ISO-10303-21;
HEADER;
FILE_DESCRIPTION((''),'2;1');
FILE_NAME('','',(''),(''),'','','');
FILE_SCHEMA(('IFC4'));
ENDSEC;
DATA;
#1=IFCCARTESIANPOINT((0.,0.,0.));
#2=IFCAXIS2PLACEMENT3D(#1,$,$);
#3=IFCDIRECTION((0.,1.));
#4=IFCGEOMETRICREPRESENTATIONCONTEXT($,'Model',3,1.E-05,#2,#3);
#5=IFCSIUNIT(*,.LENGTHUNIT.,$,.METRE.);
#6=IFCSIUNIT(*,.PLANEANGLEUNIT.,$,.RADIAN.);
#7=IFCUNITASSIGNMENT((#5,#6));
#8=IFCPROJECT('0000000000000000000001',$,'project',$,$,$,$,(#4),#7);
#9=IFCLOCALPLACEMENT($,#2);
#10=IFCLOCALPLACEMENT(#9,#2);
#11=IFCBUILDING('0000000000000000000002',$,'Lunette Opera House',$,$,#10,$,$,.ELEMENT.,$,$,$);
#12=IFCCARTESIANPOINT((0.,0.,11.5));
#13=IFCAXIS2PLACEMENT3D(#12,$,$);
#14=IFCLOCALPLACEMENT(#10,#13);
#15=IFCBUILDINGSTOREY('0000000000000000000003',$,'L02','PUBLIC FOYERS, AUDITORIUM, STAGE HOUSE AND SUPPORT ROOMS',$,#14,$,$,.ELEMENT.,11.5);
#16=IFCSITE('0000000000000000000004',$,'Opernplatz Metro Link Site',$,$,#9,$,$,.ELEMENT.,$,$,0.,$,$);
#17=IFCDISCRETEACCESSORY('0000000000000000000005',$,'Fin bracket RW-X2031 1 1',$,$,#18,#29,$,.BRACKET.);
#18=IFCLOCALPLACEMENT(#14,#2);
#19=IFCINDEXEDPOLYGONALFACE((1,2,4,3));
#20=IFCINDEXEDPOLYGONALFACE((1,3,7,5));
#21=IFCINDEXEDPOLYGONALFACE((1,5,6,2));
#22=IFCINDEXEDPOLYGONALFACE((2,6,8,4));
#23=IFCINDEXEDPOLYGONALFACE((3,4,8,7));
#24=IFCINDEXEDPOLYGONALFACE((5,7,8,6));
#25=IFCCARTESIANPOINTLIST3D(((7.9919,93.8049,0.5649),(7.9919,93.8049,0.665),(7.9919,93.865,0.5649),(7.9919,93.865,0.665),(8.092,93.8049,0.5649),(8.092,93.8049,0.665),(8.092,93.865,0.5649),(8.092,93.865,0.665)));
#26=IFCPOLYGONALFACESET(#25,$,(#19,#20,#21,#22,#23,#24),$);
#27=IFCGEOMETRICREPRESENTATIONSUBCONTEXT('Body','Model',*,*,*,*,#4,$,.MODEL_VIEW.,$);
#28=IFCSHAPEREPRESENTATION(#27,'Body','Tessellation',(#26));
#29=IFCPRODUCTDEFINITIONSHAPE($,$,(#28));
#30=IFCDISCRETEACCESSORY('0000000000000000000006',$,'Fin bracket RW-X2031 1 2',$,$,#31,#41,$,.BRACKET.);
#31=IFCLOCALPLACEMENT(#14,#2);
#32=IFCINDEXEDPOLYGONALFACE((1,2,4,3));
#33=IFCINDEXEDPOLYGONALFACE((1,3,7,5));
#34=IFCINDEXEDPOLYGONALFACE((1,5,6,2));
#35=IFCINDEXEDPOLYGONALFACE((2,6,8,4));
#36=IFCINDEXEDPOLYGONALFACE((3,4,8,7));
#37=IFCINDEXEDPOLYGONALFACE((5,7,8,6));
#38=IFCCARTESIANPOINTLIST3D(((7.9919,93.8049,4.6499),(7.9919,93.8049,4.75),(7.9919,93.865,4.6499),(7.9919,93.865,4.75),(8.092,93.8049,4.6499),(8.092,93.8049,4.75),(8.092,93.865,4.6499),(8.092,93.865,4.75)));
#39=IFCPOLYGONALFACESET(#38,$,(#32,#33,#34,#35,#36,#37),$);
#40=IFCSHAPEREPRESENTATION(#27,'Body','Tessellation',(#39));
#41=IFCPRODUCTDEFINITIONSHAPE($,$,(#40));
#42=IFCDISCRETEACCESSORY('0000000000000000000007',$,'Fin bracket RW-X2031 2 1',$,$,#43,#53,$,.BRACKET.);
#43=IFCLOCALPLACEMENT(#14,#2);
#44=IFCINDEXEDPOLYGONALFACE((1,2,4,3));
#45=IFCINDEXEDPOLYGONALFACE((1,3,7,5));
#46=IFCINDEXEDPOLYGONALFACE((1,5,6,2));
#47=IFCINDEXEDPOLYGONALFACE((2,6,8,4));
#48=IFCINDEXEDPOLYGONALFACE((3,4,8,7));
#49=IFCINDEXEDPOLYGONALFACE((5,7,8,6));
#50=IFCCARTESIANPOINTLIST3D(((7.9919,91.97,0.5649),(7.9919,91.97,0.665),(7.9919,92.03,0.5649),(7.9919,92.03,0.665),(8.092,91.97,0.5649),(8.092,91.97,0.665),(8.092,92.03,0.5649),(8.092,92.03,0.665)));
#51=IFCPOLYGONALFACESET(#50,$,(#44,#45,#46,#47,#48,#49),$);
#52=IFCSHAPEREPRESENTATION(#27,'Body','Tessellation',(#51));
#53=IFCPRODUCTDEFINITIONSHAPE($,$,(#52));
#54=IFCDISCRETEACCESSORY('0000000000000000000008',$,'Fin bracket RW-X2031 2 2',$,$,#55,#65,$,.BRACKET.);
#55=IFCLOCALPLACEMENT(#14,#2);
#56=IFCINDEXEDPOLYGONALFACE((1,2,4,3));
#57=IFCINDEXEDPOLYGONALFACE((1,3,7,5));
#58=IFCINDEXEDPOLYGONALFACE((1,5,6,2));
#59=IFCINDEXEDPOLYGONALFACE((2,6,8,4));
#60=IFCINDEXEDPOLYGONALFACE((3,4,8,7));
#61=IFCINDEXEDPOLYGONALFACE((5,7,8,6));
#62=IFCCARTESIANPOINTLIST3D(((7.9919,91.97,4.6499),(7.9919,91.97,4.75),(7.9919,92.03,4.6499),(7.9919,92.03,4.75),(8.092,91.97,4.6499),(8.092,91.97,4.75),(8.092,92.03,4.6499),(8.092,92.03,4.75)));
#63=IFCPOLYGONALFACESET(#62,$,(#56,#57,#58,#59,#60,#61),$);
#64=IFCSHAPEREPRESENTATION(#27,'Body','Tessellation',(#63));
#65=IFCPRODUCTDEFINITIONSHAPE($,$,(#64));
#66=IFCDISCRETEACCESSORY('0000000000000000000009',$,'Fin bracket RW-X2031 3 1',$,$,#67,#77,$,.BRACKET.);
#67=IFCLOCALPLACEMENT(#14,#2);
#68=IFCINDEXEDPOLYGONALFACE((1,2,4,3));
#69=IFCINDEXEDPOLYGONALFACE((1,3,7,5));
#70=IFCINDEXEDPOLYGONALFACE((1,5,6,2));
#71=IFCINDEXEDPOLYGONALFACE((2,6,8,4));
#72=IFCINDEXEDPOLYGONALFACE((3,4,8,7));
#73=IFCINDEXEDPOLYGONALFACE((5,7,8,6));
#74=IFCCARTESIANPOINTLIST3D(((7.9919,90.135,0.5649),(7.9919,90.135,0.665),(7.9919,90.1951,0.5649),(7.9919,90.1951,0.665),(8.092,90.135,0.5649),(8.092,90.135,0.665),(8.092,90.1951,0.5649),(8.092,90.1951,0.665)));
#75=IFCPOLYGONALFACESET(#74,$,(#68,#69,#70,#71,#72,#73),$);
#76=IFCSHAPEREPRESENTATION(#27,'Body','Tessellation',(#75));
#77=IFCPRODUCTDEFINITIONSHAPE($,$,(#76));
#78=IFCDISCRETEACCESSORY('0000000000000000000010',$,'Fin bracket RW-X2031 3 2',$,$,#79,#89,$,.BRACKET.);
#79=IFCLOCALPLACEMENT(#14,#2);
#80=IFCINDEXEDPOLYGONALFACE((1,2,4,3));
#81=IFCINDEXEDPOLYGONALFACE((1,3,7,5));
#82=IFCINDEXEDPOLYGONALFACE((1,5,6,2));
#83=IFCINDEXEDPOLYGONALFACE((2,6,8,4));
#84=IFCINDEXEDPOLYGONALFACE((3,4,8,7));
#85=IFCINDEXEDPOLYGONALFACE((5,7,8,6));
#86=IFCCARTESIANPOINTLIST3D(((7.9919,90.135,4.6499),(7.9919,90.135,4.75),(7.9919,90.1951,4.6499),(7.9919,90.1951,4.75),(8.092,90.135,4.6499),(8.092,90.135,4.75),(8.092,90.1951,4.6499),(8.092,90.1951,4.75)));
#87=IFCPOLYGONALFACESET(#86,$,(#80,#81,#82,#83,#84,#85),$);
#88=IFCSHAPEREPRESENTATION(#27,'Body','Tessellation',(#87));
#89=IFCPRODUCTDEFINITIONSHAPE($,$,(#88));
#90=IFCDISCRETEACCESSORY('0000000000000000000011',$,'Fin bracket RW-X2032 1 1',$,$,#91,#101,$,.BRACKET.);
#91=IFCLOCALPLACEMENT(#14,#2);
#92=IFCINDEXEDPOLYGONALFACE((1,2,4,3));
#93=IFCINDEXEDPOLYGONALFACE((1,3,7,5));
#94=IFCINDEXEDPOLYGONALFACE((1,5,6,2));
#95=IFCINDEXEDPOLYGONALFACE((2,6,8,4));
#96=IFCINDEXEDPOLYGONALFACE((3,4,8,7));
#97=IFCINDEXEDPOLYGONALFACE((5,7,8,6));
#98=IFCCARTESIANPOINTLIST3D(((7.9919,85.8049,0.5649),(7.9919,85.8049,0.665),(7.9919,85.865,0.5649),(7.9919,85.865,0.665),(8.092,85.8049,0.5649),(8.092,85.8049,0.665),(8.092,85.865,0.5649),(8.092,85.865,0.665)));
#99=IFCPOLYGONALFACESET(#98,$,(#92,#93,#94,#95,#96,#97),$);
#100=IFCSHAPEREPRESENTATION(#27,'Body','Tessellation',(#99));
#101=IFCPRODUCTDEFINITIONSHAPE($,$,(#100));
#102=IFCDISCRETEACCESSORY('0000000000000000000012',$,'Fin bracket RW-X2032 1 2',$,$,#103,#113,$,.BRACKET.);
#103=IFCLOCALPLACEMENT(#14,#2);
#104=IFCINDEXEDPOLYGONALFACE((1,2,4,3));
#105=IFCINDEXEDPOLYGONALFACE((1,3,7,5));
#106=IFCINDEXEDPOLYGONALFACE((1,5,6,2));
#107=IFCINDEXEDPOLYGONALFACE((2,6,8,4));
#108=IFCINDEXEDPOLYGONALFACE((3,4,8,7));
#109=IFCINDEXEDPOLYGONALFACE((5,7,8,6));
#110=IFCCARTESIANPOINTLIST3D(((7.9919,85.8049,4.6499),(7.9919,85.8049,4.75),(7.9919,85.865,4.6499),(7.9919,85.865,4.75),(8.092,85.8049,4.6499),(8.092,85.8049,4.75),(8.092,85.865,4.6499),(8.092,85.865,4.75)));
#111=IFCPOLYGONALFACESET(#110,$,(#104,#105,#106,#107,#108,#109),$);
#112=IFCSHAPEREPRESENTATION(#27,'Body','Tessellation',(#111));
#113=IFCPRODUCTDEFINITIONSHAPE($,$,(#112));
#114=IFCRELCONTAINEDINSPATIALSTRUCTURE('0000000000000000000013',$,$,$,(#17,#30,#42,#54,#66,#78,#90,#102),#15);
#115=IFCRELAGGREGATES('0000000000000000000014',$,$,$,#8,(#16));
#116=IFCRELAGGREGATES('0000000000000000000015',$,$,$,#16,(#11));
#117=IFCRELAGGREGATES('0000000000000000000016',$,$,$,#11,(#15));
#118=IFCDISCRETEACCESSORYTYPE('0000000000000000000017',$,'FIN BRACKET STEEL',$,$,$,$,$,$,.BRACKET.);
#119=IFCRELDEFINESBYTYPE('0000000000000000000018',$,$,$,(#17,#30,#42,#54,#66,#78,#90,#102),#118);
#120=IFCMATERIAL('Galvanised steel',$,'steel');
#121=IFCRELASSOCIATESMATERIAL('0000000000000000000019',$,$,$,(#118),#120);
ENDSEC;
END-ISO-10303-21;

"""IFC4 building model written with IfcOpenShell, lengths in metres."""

from ifc_helpers import new_model, si_unit, direction, frame, origin, origin_2d, place, context, subcontext, project, spatial, rectangle, extrude, material, type_object, element, save


model = new_model("IFC4")

# Units and contexts
model_context = context("Model", 3, precision=1e-05, world=origin(), true_north=direction((0.0, 1.0)))
body_context = subcontext(model_context, "Body", "Model", "MODEL_VIEW")
ifc_project = project(units=[si_unit("LENGTHUNIT", "METRE"), si_unit("PLANEANGLEUNIT", "RADIAN")], contexts=[model_context])

# Site, building, storey
site_placement = place(None, origin())
site = spatial("IfcSite", under=ifc_project, at=site_placement, Name="Opernplatz Metro Link Site", CompositionType="ELEMENT", RefElevation=0.0)
building_placement = place(site_placement, origin())
building = spatial("IfcBuilding", under=site, at=building_placement, Name="Lunette Opera House", CompositionType="ELEMENT")
storey_placement = place(building_placement, frame((0.0, 0.0, 11.5)))
storey = spatial("IfcBuildingStorey", under=building, at=storey_placement, Name="L02", Description="PUBLIC FOYERS, AUDITORIUM, STAGE HOUSE AND SUPPORT ROOMS", CompositionType="ELEMENT", Elevation=11.5)

# Discrete accessories
ifc_material_1 = material(Name="Galvanised steel", Category="steel")
discrete_accessory_type = type_object("IfcDiscreteAccessoryType", Name="FIN BRACKET STEEL", PredefinedType="BRACKET", material=ifc_material_1)
for number, where, z_axis, x_axis, name in (
    (1, (8.042, 93.835, 0.5649), (0.0, 0.0, 1.0), (-1.0, 0.0, 0.0), "Fin bracket RW-X2031 1 1"),
    (2, (8.042, 93.835, 4.6499), (0.0, 0.0, 1.0), (-1.0, 0.0, 0.0), "Fin bracket RW-X2031 1 2"),
    (3, (8.042, 92.0, 0.5649), (0.0, 0.0, 1.0), (-1.0, 0.0, 0.0), "Fin bracket RW-X2031 2 1"),
    (4, (8.042, 92.0, 4.6499), (0.0, 0.0, 1.0), (-1.0, 0.0, 0.0), "Fin bracket RW-X2031 2 2"),
    (5, (8.042, 90.165, 0.5649), (0.0, 0.0, 1.0), (-1.0, 0.0, 0.0), "Fin bracket RW-X2031 3 1"),
    (6, (8.042, 90.165, 4.6499), (0.0, 0.0, 1.0), (-1.0, 0.0, 0.0), "Fin bracket RW-X2031 3 2"),
    (7, (8.042, 85.835, 0.5649), (0.0, 0.0, 1.0), (-1.0, 0.0, 0.0), "Fin bracket RW-X2032 1 1"),
    (8, (8.042, 85.835, 4.6499), (0.0, 0.0, 1.0), (-1.0, 0.0, 0.0), "Fin bracket RW-X2032 1 2"),
):
    element("IfcDiscreteAccessory", number, at=place(storey_placement, frame(where, z_axis=z_axis, x_axis=x_axis)), inside=storey, type_object=discrete_accessory_type, Name=name, PredefinedType="BRACKET", context=body_context, shape_type="SweptSolid", body=[
        extrude(rectangle(XDim=0.1001, YDim=0.0601, at=origin_2d()), origin(), (0.0, 0.0, 1.0), 0.1001),
    ])

save(model, "model.ifc")
